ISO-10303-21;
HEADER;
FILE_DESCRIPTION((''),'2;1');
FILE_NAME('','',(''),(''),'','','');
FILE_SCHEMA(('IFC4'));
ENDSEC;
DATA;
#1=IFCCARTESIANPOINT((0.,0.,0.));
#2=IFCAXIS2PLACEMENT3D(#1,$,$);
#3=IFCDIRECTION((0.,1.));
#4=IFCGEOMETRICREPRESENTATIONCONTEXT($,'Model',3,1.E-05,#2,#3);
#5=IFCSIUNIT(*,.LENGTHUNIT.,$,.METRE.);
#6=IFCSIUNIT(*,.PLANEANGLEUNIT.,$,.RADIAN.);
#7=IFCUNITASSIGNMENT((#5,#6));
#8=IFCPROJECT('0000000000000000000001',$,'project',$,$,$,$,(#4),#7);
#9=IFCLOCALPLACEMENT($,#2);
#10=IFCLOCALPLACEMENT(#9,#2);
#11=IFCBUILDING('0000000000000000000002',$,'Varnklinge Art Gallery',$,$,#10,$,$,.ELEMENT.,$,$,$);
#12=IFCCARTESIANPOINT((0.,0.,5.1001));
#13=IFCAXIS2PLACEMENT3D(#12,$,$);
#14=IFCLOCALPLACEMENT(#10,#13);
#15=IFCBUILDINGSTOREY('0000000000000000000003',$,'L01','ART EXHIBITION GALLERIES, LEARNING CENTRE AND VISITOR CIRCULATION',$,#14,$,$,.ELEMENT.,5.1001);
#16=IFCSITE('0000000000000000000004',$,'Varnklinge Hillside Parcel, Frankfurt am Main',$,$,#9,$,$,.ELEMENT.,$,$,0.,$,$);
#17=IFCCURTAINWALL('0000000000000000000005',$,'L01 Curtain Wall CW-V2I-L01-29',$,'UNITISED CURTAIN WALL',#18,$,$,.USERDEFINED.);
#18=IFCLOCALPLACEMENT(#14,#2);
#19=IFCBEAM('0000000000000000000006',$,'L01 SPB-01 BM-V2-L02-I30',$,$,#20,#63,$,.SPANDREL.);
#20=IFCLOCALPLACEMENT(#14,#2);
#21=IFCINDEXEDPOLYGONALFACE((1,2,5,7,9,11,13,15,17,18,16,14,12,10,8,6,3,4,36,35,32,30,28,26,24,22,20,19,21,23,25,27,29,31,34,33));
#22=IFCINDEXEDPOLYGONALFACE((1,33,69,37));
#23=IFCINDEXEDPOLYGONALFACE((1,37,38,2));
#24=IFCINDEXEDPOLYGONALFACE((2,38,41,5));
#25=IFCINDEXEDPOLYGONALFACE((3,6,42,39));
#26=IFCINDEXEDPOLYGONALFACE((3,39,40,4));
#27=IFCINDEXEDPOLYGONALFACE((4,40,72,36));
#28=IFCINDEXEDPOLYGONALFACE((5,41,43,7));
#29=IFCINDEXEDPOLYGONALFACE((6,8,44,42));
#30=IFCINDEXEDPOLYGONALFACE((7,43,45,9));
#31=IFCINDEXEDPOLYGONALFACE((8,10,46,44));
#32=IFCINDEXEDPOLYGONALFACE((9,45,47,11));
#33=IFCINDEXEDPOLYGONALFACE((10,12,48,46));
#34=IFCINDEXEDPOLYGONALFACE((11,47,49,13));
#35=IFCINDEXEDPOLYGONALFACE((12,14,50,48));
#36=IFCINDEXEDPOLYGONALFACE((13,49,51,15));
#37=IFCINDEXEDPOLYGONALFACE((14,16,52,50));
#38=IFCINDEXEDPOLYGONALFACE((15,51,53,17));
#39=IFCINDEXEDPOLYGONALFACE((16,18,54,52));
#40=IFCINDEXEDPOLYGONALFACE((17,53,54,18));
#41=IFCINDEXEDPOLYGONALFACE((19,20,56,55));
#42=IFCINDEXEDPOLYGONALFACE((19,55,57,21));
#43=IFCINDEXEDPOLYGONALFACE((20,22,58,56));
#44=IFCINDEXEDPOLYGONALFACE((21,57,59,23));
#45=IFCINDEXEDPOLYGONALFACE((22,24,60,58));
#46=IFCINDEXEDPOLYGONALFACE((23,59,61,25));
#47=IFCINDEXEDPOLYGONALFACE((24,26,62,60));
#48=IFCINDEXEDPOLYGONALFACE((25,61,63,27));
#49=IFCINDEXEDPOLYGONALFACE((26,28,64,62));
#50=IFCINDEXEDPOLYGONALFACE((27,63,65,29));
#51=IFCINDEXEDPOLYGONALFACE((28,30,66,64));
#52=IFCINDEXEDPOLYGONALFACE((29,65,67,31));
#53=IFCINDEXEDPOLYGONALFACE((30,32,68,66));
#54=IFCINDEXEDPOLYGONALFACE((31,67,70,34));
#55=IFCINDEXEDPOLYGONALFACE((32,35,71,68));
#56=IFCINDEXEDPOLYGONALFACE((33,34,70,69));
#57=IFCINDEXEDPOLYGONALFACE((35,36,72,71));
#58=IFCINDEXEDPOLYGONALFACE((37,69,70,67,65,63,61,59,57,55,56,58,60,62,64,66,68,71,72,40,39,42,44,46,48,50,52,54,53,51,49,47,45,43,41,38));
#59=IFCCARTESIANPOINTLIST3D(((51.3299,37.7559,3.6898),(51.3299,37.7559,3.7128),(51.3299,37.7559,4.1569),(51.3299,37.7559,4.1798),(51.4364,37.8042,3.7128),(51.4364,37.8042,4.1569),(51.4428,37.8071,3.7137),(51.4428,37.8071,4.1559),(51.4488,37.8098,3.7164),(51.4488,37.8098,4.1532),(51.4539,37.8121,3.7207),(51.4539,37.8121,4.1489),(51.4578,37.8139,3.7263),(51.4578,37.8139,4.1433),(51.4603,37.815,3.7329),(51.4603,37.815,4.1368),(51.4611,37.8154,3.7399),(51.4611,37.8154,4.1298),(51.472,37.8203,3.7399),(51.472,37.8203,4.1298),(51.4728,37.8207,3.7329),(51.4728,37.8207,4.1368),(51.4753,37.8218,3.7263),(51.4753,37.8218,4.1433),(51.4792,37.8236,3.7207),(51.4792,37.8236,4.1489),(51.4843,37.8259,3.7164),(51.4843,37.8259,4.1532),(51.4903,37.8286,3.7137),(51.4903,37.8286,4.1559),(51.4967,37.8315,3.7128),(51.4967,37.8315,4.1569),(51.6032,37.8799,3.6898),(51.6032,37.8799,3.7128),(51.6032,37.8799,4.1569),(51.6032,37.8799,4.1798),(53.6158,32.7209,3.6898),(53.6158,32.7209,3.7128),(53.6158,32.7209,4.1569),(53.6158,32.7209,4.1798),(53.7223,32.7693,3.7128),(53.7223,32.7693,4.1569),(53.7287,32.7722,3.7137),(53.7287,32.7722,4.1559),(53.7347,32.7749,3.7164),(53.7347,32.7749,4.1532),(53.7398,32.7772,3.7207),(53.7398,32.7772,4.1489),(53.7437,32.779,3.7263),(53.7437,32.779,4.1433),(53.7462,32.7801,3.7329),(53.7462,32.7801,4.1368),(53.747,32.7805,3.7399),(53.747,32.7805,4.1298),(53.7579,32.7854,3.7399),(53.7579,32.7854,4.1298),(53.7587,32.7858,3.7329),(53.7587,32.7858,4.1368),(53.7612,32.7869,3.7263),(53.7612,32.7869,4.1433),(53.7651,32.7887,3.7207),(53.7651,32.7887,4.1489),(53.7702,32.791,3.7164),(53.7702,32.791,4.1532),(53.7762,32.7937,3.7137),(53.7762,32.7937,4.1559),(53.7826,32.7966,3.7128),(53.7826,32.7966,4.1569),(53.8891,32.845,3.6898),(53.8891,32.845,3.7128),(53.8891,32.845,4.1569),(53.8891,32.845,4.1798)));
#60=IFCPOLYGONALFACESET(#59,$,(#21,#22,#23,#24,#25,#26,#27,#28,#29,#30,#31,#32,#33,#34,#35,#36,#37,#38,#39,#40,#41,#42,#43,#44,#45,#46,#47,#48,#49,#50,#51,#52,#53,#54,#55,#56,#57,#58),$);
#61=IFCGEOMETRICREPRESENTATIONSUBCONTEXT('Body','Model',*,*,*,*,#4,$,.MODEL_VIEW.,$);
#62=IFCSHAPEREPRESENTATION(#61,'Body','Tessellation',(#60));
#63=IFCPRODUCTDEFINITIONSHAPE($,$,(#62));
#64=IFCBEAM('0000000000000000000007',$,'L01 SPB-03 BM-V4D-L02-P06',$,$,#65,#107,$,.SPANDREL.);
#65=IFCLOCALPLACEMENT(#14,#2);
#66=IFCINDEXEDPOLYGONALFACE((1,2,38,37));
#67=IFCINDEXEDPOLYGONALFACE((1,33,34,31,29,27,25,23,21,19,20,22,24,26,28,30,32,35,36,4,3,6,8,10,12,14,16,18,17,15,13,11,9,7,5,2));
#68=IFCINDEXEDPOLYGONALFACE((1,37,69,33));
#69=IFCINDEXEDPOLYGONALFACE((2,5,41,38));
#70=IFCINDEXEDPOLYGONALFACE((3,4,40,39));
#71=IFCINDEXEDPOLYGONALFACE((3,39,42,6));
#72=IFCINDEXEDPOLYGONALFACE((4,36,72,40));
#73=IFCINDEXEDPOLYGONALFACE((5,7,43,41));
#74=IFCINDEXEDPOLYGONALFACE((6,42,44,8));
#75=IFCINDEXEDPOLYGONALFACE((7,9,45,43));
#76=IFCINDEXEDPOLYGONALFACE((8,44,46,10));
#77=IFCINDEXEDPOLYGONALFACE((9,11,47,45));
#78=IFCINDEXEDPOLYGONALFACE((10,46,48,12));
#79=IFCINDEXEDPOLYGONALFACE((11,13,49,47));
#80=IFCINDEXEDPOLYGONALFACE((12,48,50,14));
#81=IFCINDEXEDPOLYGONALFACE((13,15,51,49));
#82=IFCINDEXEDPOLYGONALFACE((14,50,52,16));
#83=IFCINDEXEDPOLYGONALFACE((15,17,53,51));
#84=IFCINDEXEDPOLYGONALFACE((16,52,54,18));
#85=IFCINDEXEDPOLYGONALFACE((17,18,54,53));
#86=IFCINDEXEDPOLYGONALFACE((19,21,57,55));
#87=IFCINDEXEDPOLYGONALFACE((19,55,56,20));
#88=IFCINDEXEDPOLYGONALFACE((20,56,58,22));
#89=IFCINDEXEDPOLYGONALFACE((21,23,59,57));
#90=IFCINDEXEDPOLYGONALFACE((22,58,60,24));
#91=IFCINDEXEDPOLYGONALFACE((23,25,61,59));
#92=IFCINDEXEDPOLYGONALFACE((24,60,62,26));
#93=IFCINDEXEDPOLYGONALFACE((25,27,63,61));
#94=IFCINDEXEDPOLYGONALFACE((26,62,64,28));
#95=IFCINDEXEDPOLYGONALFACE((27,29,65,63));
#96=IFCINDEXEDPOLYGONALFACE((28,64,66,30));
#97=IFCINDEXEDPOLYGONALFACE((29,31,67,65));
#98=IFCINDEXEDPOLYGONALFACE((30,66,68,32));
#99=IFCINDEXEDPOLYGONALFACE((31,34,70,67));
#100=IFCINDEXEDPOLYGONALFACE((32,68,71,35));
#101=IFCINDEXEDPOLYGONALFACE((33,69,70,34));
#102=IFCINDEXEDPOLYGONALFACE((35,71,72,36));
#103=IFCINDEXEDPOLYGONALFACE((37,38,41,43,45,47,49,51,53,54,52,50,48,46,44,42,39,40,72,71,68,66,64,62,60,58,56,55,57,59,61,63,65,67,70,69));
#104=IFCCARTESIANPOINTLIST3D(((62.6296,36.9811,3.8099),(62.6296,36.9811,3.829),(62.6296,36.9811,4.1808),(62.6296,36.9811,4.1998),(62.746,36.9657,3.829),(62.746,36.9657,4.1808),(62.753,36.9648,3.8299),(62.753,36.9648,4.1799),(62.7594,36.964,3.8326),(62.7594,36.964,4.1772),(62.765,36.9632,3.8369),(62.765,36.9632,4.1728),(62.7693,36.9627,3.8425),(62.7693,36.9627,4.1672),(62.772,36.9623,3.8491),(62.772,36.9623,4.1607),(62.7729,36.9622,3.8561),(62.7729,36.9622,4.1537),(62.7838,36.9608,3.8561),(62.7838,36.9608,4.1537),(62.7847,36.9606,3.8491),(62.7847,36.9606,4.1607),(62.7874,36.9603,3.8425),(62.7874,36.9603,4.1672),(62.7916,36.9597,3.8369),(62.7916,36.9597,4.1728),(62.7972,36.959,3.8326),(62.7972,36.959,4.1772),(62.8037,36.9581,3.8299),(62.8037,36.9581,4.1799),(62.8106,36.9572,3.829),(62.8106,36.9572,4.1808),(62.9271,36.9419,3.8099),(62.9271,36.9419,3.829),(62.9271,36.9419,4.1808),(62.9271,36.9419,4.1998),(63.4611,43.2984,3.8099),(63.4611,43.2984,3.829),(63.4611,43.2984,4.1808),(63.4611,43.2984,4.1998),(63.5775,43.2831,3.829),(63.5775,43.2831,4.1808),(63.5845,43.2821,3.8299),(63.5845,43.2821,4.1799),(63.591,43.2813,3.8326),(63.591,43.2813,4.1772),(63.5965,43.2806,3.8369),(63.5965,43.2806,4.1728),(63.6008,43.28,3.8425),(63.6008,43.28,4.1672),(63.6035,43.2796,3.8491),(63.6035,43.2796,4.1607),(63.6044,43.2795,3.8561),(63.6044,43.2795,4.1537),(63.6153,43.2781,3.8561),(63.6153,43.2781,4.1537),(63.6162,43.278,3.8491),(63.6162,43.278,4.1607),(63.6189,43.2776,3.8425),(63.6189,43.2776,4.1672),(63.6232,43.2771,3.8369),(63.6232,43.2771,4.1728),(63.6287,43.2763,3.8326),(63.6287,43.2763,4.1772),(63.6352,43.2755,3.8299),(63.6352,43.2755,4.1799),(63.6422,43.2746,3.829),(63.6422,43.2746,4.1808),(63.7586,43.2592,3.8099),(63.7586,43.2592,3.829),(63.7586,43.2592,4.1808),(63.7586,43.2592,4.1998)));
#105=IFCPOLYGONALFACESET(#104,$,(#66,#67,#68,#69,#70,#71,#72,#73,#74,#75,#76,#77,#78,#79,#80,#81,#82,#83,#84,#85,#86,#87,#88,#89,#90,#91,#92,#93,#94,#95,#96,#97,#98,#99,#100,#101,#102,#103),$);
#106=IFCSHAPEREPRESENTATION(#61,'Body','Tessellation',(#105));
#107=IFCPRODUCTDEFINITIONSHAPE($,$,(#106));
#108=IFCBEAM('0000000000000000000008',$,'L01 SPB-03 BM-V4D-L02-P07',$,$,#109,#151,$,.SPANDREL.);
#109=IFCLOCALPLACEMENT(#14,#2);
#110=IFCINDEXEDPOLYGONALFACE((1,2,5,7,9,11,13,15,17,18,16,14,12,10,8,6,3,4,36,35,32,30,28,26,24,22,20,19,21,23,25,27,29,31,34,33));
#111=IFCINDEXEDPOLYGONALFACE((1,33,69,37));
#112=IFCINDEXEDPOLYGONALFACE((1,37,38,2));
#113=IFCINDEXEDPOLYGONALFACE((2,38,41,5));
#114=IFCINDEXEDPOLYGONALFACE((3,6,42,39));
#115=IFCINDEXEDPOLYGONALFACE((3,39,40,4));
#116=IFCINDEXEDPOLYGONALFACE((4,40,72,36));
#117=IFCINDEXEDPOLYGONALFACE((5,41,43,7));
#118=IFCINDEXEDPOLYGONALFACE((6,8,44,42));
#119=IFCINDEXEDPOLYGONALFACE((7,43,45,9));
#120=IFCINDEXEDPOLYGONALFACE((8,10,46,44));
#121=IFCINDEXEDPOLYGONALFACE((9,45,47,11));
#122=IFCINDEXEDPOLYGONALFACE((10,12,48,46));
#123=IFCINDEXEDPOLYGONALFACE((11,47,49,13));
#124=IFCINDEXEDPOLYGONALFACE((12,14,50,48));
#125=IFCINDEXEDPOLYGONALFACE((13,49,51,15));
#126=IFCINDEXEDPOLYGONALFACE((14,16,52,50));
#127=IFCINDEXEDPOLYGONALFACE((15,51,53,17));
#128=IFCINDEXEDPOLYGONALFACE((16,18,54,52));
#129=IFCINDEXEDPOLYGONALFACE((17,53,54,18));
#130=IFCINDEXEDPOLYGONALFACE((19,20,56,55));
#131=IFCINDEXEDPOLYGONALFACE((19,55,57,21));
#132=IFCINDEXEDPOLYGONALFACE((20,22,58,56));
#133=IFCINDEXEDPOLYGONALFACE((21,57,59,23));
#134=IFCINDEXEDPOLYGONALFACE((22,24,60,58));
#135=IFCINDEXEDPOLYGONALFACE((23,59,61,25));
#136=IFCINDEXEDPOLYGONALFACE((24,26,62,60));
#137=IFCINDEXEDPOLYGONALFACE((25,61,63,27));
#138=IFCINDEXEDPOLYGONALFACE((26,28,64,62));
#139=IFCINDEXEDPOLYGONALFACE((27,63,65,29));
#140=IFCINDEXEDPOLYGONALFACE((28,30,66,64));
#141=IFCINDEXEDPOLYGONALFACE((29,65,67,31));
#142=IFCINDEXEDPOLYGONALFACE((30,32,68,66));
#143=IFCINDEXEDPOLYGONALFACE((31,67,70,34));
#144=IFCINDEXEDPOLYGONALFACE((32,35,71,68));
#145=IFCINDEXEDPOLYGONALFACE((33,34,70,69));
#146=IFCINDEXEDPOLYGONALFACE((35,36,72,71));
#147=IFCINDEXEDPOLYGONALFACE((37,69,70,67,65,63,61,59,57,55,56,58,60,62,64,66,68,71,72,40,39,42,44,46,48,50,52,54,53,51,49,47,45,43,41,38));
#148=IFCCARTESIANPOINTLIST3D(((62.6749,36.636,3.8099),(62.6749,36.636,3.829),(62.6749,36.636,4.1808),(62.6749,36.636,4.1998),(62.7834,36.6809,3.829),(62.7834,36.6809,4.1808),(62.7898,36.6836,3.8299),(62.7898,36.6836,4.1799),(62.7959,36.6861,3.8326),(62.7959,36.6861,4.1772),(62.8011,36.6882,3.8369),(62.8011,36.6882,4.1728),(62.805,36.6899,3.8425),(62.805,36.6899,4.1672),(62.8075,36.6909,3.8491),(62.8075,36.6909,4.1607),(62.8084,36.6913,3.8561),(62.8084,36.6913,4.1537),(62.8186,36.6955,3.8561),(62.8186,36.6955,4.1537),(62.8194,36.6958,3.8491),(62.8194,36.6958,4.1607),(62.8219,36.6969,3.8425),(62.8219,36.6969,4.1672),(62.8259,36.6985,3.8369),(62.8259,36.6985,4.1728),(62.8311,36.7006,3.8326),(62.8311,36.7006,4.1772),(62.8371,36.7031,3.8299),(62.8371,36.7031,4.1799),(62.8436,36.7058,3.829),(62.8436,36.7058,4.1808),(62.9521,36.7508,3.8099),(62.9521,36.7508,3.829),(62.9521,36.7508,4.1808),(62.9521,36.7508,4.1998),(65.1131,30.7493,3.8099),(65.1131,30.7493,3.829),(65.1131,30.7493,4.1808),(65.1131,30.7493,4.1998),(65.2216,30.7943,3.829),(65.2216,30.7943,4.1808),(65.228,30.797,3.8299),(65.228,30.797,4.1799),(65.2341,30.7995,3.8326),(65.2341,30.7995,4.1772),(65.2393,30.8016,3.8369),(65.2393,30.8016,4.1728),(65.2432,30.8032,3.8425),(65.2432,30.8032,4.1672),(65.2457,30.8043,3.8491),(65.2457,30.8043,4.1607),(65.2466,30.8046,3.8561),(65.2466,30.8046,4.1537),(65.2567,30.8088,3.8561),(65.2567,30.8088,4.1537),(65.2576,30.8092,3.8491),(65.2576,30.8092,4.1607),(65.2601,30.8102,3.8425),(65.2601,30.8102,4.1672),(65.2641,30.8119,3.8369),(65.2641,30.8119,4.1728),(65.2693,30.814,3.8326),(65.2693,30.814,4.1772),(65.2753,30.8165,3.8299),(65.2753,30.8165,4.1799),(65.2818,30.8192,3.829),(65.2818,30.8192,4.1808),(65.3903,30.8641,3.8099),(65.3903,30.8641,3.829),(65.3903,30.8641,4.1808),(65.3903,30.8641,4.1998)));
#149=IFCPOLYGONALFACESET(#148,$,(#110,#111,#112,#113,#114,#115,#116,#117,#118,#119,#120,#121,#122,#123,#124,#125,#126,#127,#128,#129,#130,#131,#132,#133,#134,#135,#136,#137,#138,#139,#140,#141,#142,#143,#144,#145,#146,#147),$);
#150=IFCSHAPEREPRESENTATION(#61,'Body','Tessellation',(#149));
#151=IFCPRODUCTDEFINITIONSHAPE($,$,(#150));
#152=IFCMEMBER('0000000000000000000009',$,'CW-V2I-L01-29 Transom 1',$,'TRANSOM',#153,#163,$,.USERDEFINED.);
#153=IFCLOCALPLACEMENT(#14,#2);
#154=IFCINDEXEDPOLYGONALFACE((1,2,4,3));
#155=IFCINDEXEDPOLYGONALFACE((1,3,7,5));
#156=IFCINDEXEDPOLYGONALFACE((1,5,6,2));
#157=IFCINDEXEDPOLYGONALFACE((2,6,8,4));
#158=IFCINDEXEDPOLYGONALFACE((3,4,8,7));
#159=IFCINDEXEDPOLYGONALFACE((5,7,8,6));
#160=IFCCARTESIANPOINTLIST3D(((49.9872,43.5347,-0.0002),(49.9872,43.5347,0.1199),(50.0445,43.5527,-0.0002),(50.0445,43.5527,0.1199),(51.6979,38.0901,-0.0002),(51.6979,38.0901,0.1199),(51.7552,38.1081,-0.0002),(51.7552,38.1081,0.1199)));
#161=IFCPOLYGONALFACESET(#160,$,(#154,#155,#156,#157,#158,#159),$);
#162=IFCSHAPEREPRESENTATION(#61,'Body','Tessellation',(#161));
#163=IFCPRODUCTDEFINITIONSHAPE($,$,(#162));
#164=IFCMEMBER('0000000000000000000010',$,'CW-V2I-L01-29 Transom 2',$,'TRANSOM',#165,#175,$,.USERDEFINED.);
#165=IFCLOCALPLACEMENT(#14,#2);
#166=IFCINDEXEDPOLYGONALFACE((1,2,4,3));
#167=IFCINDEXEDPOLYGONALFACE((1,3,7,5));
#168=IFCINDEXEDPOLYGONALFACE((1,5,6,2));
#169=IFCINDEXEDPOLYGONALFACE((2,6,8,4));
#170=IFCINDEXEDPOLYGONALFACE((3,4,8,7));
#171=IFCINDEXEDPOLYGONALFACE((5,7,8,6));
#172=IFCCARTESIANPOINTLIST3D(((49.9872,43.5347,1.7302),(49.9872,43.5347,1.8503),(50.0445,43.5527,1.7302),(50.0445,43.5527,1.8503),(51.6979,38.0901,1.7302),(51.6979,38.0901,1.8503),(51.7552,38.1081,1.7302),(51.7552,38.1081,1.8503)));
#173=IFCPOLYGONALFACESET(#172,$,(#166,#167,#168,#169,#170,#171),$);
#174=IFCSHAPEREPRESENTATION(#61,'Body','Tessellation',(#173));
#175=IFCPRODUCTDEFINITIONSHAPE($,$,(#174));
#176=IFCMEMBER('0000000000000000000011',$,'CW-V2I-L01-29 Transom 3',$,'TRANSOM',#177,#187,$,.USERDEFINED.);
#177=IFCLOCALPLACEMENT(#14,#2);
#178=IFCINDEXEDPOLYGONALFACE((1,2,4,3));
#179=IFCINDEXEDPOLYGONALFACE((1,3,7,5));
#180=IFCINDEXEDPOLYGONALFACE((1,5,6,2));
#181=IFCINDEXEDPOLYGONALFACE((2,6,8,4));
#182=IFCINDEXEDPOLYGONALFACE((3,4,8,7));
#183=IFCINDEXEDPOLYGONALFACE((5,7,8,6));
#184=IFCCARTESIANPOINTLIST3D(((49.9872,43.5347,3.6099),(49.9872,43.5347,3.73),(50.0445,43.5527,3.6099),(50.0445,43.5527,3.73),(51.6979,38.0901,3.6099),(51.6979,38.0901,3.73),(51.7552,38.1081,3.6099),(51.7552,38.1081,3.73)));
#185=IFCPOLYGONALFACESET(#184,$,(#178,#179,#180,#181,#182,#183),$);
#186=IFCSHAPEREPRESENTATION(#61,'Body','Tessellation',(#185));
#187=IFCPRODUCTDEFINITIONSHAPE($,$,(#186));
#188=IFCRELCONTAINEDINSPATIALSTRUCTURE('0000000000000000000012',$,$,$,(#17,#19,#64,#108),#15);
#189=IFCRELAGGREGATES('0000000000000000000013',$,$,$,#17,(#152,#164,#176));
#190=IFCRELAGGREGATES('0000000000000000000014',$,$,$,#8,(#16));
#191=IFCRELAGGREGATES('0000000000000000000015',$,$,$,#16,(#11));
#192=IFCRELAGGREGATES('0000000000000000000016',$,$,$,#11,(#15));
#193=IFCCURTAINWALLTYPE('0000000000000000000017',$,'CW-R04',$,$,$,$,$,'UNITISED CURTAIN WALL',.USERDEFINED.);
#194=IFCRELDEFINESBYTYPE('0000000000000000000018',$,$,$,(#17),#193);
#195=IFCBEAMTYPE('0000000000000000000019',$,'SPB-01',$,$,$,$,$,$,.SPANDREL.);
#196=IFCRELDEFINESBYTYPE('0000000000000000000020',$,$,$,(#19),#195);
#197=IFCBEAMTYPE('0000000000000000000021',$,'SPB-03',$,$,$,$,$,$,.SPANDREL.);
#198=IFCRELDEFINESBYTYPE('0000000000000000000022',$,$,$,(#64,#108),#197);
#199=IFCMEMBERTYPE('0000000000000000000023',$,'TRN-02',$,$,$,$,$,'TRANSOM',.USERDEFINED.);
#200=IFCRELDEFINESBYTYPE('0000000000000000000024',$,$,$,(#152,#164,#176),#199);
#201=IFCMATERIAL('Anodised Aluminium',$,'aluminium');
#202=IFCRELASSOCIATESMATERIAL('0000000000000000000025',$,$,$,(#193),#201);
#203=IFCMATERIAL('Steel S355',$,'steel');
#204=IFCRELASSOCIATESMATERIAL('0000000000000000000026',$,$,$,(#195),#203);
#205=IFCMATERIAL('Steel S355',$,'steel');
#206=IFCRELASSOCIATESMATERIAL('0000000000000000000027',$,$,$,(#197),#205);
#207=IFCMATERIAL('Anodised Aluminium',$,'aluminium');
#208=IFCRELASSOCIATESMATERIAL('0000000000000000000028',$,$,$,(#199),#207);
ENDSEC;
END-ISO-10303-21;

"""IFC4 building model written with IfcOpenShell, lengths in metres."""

from ifc_helpers import new_model, si_unit, direction, frame, origin, origin_2d, place, context, subcontext, project, spatial, rectangle, i_section, extrude, material, material_profile, profile_set, type_object, element, aggregate, save


model = new_model("IFC4")

# Units and contexts
model_context = context("Model", 3, precision=1e-05, world=origin(), true_north=direction((0.0, 1.0)))
body_context = subcontext(model_context, "Body", "Model", "MODEL_VIEW")
ifc_project = project(units=[si_unit("LENGTHUNIT", "METRE"), si_unit("PLANEANGLEUNIT", "RADIAN")], contexts=[model_context])

# Site, building, storey
site_placement = place(None, origin())
site = spatial("IfcSite", under=ifc_project, at=site_placement, Name="Varnklinge Hillside Parcel, Frankfurt am Main", CompositionType="ELEMENT", RefElevation=0.0)
building_placement = place(site_placement, origin())
building = spatial("IfcBuilding", under=site, at=building_placement, Name="Varnklinge Art Gallery", CompositionType="ELEMENT")
storey_placement = place(building_placement, frame((0.0, 0.0, 5.1001)))
storey = spatial("IfcBuildingStorey", under=building, at=storey_placement, Name="L01", Description="ART EXHIBITION GALLERIES, LEARNING CENTRE AND VISITOR CIRCULATION", CompositionType="ELEMENT", Elevation=5.1001)

# Curtain wall
ifc_material_1 = material(Name="Anodised Aluminium", Category="aluminium")
curtain_wall_type = type_object("IfcCurtainWallType", Name="CW-R04", ElementType="UNITISED CURTAIN WALL", PredefinedType="USERDEFINED", material=ifc_material_1)
curtain_wall_1_placement = place(storey_placement, origin())
curtain_wall_1 = element("IfcCurtainWall", 1, at=curtain_wall_1_placement, inside=storey, type_object=curtain_wall_type, Name="L01 Curtain Wall CW-V2I-L01-29", ObjectType="UNITISED CURTAIN WALL", PredefinedType="USERDEFINED")

# Beams
ifc_material_2 = material(Name="Steel S355", Category="steel")
ifc_material_profile_1 = material_profile(ifc_material_2, i_section(OverallWidth=0.3, OverallDepth=0.49, WebThickness=0.012, FlangeThickness=0.0229, FilletRadius=0.0271, at=origin_2d()), Name="HEA 500")
ifc_profile_set_1 = profile_set([ifc_material_profile_1], Name="Steel S355")
beam_type_1 = type_object("IfcBeamType", Name="SPB-01", PredefinedType="SPANDREL", material=ifc_profile_set_1)
beam_1_placement = place(storey_placement, frame((51.4666, 37.8179, 3.9348), z_axis=(0.413397, -0.910551, 0.0), x_axis=(0.910551, 0.413397, 0.0)))
element("IfcBeam", 2, at=beam_1_placement, inside=storey, type_object=beam_type_1, Name="L01 SPB-01 BM-V2-L02-I30", PredefinedType="SPANDREL", context=body_context, shape_type="SweptSolid", body=[
    extrude(i_section(OverallWidth=0.3, OverallDepth=0.49, WebThickness=0.012, FlangeThickness=0.0229, FilletRadius=0.0271, at=origin_2d()), origin(), (0.0, 0.0, 1.0), 5.5295),
])
ifc_material_3 = material(Name="Steel S355", Category="steel")
ifc_material_profile_2 = material_profile(ifc_material_3, i_section(OverallWidth=0.3, OverallDepth=0.3899, WebThickness=0.011, FlangeThickness=0.019, FilletRadius=0.0271, at=origin_2d()), Name="HEA 400")
ifc_profile_set_2 = profile_set([ifc_material_profile_2], Name="Steel S355")
beam_type_2 = type_object("IfcBeamType", Name="SPB-03", PredefinedType="SPANDREL", material=ifc_profile_set_2)
beam_2_placement = place(storey_placement, frame((63.6099, 43.2788, 4.0049), z_axis=(-0.130502, -0.991448, 0.0), x_axis=(0.991448, -0.130502, 0.0)))
element("IfcBeam", 3, at=beam_2_placement, inside=storey, type_object=beam_type_2, Name="L01 SPB-03 BM-V4D-L02-P06", PredefinedType="SPANDREL", context=body_context, shape_type="SweptSolid", body=[
    extrude(i_section(OverallWidth=0.3, OverallDepth=0.3899, WebThickness=0.011, FlangeThickness=0.019, FilletRadius=0.0271, at=origin_2d()), origin(), (0.0, 0.0, 1.0), 6.3718),
])
beam_3_placement = place(storey_placement, frame((62.8135, 36.6934, 4.0049), z_axis=(0.382667, -0.923887, 0.0), x_axis=(0.923887, 0.382667, 0.0)))
element("IfcBeam", 4, at=beam_3_placement, inside=storey, type_object=beam_type_2, Name="L01 SPB-03 BM-V4D-L02-P07", PredefinedType="SPANDREL", context=body_context, shape_type="SweptSolid", body=[
    extrude(i_section(OverallWidth=0.3, OverallDepth=0.3899, WebThickness=0.011, FlangeThickness=0.019, FilletRadius=0.0271, at=origin_2d()), origin(), (0.0, 0.0, 1.0), 6.3716),
])

# Members
ifc_material_4 = material(Name="Anodised Aluminium", Category="aluminium")
ifc_material_profile_3 = material_profile(ifc_material_4, rectangle(XDim=0.0601, YDim=0.1201, at=origin_2d()), Name="ALU 60x120")
ifc_profile_set_3 = profile_set([ifc_material_profile_3], Name="Anodised Aluminium")
member_type_1 = type_object("IfcMemberType", Name="TRN-02", ElementType="TRANSOM", PredefinedType="USERDEFINED", material=ifc_profile_set_3)
member_1_placement = place(storey_placement, frame((51.7266, 38.0991, 0.0598), z_axis=(-0.299753, 0.954017, 0.0), x_axis=(-0.954017, -0.299753, 0.0)))
member_1 = element("IfcMember", 5, at=member_1_placement, type_object=member_type_1, Name="CW-V2I-L01-29 Transom 1", ObjectType="TRANSOM", PredefinedType="USERDEFINED", context=body_context, shape_type="SweptSolid", body=[
    extrude(rectangle(XDim=0.0601, YDim=0.1201, at=origin_2d()), origin(), (0.0, 0.0, 1.0), 5.707),
])
member_2_placement = place(storey_placement, frame((51.7266, 38.0991, 1.7903), z_axis=(-0.299753, 0.954017, 0.0), x_axis=(-0.954017, -0.299753, 0.0)))
member_2 = element("IfcMember", 6, at=member_2_placement, type_object=member_type_1, Name="CW-V2I-L01-29 Transom 2", ObjectType="TRANSOM", PredefinedType="USERDEFINED", context=body_context, shape_type="SweptSolid", body=[
    extrude(rectangle(XDim=0.0601, YDim=0.1201, at=origin_2d()), origin(), (0.0, 0.0, 1.0), 5.707),
])
member_3_placement = place(storey_placement, frame((51.7266, 38.0991, 3.6699), z_axis=(-0.299753, 0.954017, 0.0), x_axis=(-0.954017, -0.299753, 0.0)))
member_3 = element("IfcMember", 7, at=member_3_placement, type_object=member_type_1, Name="CW-V2I-L01-29 Transom 3", ObjectType="TRANSOM", PredefinedType="USERDEFINED", context=body_context, shape_type="SweptSolid", body=[
    extrude(rectangle(XDim=0.0601, YDim=0.1201, at=origin_2d()), origin(), (0.0, 0.0, 1.0), 5.707),
])

aggregate(curtain_wall_1, [member_1, member_2, member_3])

save(model, "model.ifc")
